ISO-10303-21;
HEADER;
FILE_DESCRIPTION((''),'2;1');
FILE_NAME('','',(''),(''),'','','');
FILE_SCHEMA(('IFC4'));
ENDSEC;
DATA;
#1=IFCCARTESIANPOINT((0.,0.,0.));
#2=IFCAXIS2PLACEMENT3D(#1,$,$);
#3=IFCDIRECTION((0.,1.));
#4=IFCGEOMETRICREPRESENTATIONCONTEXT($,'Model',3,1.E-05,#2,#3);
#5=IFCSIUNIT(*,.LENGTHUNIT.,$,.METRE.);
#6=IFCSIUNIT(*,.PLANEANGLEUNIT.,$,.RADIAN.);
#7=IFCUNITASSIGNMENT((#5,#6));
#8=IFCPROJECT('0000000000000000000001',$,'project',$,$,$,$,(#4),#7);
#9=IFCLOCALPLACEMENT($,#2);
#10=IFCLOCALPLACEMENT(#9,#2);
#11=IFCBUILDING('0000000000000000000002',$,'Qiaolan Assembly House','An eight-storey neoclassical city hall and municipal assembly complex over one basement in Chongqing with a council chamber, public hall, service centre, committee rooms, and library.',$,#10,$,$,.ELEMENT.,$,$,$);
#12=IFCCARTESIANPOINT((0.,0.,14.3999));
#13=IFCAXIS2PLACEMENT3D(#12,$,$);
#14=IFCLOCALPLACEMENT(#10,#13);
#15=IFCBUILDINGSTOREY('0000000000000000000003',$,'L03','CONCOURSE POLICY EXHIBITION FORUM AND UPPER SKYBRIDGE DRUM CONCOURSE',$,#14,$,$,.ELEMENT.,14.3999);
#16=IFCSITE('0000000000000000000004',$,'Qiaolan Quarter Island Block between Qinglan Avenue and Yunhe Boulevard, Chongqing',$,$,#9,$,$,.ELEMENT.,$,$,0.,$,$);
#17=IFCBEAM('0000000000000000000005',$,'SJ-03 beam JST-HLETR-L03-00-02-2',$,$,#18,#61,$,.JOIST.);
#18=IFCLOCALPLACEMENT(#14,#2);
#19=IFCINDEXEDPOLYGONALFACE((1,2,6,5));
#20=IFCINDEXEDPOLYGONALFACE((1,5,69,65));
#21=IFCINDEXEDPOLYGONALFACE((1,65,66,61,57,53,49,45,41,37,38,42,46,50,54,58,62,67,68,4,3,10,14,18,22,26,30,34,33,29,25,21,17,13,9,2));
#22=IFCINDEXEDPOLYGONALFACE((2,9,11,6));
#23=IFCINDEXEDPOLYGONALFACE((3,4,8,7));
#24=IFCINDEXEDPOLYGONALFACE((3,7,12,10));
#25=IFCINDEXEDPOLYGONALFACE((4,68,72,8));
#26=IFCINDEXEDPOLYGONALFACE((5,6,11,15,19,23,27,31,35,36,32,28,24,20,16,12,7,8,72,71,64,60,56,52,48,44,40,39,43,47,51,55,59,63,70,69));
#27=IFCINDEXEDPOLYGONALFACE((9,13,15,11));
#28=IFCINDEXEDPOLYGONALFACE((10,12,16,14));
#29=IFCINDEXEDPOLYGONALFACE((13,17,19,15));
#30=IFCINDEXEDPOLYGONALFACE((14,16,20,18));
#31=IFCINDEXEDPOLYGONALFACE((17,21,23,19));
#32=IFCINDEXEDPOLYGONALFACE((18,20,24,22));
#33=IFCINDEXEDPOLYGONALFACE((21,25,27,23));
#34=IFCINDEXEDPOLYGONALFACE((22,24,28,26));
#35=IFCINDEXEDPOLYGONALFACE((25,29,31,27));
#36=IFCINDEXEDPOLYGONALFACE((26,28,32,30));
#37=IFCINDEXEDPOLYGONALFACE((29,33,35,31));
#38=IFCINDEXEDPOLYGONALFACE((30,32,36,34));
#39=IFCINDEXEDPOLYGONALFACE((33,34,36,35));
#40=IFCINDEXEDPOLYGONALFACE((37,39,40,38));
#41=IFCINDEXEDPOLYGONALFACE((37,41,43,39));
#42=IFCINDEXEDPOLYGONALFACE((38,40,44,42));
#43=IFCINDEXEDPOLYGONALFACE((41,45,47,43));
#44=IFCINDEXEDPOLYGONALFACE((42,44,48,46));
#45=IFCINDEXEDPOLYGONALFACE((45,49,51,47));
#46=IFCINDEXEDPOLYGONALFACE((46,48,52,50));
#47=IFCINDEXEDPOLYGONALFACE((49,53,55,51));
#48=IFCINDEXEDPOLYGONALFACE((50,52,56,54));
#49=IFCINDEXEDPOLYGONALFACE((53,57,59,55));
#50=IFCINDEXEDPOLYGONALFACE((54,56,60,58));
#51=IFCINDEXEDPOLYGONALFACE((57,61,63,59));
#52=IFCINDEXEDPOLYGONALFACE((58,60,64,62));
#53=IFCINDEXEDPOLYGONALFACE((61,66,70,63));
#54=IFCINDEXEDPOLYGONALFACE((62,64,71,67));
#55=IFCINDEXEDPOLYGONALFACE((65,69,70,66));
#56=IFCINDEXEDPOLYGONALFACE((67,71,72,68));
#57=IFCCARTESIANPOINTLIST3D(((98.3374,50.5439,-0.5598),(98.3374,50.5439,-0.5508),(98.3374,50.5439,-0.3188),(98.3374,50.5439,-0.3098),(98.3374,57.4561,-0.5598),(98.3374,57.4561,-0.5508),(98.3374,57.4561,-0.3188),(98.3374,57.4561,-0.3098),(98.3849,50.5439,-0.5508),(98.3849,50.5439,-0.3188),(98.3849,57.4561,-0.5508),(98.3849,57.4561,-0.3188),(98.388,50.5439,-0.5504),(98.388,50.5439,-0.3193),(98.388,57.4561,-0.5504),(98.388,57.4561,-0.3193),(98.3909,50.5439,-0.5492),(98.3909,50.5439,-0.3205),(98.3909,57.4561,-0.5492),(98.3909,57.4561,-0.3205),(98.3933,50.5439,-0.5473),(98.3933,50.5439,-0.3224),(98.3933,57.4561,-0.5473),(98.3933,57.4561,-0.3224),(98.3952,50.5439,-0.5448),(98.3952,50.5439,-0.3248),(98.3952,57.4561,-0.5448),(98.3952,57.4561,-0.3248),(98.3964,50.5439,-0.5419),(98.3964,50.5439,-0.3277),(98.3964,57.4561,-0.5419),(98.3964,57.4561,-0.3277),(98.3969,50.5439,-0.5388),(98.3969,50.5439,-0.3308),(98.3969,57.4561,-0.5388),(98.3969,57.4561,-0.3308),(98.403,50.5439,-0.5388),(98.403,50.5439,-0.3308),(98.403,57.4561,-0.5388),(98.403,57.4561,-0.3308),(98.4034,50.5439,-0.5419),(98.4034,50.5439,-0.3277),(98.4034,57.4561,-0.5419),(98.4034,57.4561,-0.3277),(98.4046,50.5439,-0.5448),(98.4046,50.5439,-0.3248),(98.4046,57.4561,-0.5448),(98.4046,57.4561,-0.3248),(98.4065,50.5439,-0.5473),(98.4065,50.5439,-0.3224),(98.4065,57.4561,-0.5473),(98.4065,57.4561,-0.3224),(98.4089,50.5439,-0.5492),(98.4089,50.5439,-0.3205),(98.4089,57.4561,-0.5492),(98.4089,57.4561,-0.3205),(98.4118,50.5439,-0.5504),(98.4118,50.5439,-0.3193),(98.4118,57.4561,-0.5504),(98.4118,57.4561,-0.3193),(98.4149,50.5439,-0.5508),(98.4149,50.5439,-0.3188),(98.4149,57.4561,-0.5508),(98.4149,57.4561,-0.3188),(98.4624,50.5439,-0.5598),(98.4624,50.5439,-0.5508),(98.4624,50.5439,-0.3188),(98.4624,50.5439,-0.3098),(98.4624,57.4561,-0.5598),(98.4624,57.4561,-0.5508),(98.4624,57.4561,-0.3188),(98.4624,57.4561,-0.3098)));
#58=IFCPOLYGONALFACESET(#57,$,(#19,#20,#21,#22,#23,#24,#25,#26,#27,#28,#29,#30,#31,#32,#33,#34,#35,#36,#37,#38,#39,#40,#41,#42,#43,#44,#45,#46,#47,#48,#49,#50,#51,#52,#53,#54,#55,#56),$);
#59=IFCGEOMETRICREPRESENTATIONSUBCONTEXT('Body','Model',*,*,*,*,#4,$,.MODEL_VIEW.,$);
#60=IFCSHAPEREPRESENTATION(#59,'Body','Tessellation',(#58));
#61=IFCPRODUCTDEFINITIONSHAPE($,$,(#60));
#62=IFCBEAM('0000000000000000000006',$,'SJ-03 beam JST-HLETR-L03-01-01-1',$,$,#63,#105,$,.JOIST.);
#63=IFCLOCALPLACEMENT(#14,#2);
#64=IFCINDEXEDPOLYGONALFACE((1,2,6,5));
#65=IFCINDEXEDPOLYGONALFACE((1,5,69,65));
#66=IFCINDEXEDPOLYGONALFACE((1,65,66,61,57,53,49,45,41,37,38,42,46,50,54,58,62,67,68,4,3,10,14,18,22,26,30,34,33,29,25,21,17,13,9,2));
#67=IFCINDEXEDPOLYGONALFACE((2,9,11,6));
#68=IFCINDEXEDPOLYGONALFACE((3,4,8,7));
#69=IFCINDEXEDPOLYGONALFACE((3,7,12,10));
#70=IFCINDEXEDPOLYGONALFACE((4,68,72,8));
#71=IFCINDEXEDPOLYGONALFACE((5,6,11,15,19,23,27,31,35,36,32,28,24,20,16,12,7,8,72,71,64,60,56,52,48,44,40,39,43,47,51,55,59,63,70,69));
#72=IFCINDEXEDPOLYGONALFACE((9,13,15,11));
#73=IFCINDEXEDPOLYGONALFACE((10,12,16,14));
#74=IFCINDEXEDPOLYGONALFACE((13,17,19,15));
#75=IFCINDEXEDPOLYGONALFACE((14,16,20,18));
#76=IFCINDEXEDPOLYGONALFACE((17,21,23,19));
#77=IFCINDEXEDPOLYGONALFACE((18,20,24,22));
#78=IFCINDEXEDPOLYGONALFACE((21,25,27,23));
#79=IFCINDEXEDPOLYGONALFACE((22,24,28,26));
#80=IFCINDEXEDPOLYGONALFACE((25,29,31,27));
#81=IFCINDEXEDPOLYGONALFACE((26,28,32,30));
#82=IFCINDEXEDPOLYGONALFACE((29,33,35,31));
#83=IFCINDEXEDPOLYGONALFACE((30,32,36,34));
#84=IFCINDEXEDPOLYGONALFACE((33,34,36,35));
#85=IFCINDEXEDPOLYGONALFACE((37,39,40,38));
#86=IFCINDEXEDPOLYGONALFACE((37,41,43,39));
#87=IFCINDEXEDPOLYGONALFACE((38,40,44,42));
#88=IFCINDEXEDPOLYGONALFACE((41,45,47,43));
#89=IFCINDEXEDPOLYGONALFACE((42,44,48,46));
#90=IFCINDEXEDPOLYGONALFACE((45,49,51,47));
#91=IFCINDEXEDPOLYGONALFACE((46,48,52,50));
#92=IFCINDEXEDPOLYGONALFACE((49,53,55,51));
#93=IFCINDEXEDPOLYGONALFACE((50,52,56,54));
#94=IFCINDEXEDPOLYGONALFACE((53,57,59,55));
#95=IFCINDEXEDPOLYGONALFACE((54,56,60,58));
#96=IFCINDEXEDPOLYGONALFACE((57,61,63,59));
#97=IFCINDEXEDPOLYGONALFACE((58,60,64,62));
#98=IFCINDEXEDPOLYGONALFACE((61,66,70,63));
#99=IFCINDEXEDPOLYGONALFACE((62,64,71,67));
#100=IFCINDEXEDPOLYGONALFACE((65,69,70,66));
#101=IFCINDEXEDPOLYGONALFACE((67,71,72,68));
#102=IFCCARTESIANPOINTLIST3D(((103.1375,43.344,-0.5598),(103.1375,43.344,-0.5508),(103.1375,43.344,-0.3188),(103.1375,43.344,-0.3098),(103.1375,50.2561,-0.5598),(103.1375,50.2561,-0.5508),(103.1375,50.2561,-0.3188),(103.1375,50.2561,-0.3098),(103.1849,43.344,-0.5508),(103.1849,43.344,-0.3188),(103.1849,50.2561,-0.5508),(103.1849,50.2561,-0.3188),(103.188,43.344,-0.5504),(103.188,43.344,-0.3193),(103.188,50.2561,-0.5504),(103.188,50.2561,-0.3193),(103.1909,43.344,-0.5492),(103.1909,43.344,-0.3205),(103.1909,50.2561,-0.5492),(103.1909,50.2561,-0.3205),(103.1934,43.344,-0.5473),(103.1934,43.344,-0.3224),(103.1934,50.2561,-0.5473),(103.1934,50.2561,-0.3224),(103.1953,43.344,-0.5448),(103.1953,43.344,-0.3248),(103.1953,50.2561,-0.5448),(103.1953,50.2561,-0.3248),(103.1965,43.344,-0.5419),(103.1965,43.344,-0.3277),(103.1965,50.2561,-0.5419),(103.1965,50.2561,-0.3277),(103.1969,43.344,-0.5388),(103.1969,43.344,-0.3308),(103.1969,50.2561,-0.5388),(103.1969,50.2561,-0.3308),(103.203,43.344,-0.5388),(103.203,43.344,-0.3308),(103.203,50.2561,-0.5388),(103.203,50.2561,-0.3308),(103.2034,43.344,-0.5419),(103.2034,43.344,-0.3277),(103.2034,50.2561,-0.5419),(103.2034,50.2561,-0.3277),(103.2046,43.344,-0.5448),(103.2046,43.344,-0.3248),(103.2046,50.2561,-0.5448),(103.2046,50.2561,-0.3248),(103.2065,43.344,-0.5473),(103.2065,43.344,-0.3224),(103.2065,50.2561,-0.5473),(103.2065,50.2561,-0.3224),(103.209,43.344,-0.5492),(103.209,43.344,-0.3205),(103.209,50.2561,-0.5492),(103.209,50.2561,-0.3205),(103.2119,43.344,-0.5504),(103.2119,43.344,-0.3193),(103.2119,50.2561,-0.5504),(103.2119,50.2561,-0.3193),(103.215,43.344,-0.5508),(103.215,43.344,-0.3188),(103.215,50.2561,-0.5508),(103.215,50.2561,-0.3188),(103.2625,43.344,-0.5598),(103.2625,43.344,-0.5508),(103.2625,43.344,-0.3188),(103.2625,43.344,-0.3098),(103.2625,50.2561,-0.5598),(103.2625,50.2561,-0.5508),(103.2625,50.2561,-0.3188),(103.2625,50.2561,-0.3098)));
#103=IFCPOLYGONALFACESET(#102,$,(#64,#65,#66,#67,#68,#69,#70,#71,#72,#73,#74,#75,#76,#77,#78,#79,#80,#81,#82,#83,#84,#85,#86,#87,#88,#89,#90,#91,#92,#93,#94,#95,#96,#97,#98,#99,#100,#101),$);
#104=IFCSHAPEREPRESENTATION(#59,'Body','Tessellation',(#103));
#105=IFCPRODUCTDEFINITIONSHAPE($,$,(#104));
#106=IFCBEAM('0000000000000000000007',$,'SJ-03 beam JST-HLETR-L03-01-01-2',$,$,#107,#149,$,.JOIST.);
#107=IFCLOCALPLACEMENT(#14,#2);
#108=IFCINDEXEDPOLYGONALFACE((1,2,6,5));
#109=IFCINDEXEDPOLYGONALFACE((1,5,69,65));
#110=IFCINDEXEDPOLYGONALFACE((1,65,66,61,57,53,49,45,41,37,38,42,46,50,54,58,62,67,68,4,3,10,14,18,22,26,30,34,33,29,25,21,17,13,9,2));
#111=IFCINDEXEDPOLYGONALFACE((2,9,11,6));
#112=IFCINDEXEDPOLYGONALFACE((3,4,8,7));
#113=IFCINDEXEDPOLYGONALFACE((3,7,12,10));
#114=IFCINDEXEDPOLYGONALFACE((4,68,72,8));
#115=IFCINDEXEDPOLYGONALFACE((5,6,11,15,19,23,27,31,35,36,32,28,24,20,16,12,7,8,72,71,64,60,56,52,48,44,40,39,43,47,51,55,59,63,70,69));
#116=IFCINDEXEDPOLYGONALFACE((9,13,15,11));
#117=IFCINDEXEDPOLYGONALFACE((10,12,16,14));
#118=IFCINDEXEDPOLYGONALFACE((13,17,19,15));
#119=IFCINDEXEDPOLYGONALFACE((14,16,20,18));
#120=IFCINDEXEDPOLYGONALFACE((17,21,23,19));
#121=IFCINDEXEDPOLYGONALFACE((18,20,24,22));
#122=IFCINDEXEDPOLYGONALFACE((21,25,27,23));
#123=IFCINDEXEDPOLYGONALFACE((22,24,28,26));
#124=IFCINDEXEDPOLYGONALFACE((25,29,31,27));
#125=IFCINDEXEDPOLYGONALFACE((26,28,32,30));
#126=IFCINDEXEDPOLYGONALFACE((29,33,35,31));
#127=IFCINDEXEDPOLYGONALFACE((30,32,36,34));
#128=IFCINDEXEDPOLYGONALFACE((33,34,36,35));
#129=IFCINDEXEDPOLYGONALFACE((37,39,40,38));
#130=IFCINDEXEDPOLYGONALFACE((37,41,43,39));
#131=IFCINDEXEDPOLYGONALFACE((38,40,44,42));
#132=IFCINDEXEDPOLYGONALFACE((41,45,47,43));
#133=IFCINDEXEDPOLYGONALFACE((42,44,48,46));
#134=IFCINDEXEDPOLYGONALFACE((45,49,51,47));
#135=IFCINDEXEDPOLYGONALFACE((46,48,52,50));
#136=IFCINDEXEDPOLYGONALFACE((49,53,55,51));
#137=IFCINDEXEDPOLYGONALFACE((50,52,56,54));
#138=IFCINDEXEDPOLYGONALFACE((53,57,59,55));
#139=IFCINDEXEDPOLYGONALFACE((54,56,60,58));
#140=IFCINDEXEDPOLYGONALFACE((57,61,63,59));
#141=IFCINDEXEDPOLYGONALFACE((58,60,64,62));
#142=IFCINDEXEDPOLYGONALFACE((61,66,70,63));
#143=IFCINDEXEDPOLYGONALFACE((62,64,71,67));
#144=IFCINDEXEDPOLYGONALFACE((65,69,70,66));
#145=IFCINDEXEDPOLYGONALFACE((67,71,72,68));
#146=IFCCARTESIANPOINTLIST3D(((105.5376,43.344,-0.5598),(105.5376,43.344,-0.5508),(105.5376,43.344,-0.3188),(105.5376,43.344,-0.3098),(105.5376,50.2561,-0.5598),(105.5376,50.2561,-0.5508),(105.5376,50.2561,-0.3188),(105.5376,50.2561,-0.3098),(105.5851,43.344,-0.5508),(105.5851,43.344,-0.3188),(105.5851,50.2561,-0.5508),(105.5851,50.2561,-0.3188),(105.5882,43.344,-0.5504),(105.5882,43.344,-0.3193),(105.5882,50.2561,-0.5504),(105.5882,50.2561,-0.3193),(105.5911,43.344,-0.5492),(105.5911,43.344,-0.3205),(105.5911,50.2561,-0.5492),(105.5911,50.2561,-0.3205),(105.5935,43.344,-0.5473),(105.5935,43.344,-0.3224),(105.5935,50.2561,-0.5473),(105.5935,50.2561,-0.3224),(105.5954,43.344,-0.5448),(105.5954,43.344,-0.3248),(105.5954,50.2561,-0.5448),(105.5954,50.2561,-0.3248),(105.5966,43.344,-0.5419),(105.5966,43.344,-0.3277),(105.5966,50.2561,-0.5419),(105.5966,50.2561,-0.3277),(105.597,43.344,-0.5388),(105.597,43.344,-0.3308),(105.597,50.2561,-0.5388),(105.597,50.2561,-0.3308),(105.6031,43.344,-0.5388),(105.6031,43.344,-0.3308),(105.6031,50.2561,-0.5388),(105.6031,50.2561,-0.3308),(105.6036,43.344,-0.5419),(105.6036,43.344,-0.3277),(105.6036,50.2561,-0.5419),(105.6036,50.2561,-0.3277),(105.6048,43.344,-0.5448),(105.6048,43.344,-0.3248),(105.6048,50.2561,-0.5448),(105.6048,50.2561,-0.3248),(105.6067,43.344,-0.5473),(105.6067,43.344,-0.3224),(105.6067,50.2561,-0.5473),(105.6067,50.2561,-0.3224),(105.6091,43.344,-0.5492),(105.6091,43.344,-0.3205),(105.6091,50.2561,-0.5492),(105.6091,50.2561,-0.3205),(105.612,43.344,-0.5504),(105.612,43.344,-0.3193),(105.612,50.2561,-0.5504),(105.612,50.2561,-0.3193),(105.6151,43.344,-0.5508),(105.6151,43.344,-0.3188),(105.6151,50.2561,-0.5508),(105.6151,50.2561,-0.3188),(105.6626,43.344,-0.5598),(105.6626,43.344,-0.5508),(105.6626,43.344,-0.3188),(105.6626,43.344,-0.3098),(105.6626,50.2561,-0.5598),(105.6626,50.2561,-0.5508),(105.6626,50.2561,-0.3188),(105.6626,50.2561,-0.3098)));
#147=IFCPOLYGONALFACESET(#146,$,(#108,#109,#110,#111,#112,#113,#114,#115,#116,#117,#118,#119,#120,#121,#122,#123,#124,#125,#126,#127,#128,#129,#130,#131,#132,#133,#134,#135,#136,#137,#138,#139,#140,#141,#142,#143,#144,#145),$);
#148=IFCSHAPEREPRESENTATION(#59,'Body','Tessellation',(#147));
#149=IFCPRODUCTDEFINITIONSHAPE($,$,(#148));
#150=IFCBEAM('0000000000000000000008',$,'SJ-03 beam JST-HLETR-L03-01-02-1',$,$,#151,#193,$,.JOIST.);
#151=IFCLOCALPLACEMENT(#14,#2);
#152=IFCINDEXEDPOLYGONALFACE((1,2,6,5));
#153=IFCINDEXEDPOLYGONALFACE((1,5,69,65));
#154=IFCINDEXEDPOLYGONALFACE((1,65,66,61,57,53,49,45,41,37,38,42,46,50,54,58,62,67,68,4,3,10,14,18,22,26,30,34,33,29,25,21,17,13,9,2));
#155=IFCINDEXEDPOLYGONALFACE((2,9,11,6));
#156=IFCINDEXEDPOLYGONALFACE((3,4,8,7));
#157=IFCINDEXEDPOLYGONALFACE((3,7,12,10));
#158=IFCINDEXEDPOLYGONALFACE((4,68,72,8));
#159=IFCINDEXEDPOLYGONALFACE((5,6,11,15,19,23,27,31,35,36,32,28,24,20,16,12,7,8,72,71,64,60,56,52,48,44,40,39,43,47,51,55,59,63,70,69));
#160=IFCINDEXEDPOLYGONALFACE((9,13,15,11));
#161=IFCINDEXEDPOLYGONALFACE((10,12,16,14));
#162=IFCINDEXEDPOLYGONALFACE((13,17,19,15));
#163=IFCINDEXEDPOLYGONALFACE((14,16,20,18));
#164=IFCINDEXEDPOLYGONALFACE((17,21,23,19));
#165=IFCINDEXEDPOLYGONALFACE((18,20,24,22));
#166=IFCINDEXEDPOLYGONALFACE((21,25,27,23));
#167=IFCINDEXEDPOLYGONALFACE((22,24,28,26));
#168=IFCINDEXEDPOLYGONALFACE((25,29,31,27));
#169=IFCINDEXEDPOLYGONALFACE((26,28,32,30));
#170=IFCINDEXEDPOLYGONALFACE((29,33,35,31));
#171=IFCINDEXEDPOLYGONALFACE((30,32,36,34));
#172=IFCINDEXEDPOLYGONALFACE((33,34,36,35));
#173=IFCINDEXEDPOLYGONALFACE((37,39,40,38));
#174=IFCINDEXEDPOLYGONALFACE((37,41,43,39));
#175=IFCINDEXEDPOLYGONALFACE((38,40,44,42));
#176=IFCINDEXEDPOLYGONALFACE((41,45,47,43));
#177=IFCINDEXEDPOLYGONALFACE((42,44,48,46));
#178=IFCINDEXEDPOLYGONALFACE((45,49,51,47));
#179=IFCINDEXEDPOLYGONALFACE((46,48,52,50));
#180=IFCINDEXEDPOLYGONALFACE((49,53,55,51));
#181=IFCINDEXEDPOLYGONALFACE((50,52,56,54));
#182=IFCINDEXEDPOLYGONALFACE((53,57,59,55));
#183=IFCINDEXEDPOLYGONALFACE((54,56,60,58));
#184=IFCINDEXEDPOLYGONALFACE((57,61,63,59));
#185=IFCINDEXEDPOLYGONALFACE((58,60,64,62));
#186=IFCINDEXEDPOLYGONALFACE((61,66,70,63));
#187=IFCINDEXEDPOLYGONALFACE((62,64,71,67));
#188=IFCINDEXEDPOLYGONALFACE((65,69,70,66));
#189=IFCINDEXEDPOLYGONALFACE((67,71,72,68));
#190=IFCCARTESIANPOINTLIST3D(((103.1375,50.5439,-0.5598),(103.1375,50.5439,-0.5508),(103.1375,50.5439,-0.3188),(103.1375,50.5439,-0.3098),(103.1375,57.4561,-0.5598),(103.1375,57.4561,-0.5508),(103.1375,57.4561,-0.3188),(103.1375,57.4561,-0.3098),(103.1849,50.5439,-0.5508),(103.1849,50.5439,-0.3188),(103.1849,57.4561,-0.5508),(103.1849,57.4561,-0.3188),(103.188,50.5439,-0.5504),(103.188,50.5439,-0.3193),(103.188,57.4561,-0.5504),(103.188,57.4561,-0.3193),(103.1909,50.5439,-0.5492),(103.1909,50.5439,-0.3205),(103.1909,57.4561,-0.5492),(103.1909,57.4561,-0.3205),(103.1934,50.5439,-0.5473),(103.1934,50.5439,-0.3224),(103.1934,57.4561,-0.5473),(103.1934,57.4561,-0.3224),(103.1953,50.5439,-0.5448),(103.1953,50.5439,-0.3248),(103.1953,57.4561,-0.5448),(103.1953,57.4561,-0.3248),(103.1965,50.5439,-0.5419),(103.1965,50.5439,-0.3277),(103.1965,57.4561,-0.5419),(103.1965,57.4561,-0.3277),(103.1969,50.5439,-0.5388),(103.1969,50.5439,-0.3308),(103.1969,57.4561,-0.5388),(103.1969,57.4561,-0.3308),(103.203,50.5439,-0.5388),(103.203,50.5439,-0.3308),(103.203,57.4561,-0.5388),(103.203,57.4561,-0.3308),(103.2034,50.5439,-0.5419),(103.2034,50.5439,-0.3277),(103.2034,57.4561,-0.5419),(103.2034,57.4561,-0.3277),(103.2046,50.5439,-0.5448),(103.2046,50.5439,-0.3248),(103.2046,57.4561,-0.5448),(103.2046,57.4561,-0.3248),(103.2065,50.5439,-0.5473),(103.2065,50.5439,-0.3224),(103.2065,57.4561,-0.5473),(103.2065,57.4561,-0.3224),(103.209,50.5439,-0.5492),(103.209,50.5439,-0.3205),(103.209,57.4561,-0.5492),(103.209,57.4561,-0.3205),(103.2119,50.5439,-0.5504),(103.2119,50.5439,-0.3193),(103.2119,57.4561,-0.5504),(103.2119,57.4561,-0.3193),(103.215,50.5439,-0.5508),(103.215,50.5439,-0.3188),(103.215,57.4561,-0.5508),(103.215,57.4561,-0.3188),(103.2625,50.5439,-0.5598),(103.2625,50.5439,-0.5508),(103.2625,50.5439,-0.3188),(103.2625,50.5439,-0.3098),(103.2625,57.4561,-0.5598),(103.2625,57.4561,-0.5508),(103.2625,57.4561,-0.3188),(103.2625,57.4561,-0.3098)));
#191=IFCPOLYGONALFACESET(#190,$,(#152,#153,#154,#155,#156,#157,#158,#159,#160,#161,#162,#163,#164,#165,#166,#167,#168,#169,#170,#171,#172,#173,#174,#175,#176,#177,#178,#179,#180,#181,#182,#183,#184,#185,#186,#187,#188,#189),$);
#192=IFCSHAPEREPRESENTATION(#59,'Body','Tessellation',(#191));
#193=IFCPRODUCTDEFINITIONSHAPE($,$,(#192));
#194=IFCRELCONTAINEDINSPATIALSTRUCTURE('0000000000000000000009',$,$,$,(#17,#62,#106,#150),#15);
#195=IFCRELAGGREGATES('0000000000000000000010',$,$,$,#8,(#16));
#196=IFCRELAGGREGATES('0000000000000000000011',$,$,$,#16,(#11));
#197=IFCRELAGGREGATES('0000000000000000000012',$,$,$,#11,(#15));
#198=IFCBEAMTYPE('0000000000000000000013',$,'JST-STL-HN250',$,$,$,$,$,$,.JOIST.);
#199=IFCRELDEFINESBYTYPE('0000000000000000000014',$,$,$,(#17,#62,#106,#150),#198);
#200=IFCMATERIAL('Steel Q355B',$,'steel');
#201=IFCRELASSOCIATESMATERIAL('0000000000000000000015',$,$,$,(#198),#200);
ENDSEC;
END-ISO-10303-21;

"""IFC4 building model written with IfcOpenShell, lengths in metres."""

from ifc_helpers import new_model, si_unit, direction, frame, origin, origin_2d, place, context, subcontext, project, spatial, i_section, extrude, material, material_profile, profile_set, type_object, element, save


model = new_model("IFC4")

# Units and contexts
model_context = context("Model", 3, precision=1e-05, world=origin(), true_north=direction((0.0, 1.0)))
body_context = subcontext(model_context, "Body", "Model", "MODEL_VIEW")
ifc_project = project(units=[si_unit("LENGTHUNIT", "METRE"), si_unit("PLANEANGLEUNIT", "RADIAN")], contexts=[model_context])

# Site, building, storey
site_placement = place(None, origin())
site = spatial("IfcSite", under=ifc_project, at=site_placement, Name="Qiaolan Quarter Island Block between Qinglan Avenue and Yunhe Boulevard, Chongqing", CompositionType="ELEMENT", RefElevation=0.0)
building_placement = place(site_placement, origin())
building = spatial("IfcBuilding", under=site, at=building_placement, Name="Qiaolan Assembly House", Description="An eight-storey neoclassical city hall and municipal assembly complex over one basement in Chongqing with a council chamber, public hall, service centre, committee rooms, and library.", CompositionType="ELEMENT")
storey_placement = place(building_placement, frame((0.0, 0.0, 14.3999)))
storey = spatial("IfcBuildingStorey", under=building, at=storey_placement, Name="L03", Description="CONCOURSE POLICY EXHIBITION FORUM AND UPPER SKYBRIDGE DRUM CONCOURSE", CompositionType="ELEMENT", Elevation=14.3999)

# Shared definitions
ifc_material_1 = material(Name="Steel Q355B", Category="steel")

# Beams
ifc_material_profile_1 = material_profile(ifc_material_1, i_section(OverallWidth=0.125, OverallDepth=0.25, WebThickness=0.0061, FlangeThickness=0.009, FilletRadius=0.012, at=origin_2d()), Name="HN 250x125x6x9")
ifc_profile_set_1 = profile_set([ifc_material_profile_1], Name="Steel Q355B")
beam_type_1 = type_object("IfcBeamType", Name="JST-STL-HN250", PredefinedType="JOIST", material=ifc_profile_set_1)
for number, where, z_axis, x_axis, name in (
    (1, (98.3999, 50.5439, -0.4348), (0.0, 1.0, 0.0), (-1.0, 0.0, 0.0), "SJ-03 beam JST-HLETR-L03-00-02-2"),
    (2, (103.2, 43.344, -0.4348), (0.0, 1.0, 0.0), (-1.0, 0.0, 0.0), "SJ-03 beam JST-HLETR-L03-01-01-1"),
    (3, (105.6001, 43.344, -0.4348), (0.0, 1.0, 0.0), (-1.0, 0.0, 0.0), "SJ-03 beam JST-HLETR-L03-01-01-2"),
    (4, (103.2, 50.5439, -0.4348), (0.0, 1.0, 0.0), (-1.0, 0.0, 0.0), "SJ-03 beam JST-HLETR-L03-01-02-1"),
):
    element("IfcBeam", number, at=place(storey_placement, frame(where, z_axis=z_axis, x_axis=x_axis)), inside=storey, type_object=beam_type_1, Name=name, PredefinedType="JOIST", context=body_context, shape_type="SweptSolid", body=[
        extrude(i_section(OverallWidth=0.125, OverallDepth=0.25, WebThickness=0.0061, FlangeThickness=0.009, FilletRadius=0.012, at=origin_2d()), origin(), (0.0, 0.0, 1.0), 6.9121),
    ])

save(model, "model.ifc")
